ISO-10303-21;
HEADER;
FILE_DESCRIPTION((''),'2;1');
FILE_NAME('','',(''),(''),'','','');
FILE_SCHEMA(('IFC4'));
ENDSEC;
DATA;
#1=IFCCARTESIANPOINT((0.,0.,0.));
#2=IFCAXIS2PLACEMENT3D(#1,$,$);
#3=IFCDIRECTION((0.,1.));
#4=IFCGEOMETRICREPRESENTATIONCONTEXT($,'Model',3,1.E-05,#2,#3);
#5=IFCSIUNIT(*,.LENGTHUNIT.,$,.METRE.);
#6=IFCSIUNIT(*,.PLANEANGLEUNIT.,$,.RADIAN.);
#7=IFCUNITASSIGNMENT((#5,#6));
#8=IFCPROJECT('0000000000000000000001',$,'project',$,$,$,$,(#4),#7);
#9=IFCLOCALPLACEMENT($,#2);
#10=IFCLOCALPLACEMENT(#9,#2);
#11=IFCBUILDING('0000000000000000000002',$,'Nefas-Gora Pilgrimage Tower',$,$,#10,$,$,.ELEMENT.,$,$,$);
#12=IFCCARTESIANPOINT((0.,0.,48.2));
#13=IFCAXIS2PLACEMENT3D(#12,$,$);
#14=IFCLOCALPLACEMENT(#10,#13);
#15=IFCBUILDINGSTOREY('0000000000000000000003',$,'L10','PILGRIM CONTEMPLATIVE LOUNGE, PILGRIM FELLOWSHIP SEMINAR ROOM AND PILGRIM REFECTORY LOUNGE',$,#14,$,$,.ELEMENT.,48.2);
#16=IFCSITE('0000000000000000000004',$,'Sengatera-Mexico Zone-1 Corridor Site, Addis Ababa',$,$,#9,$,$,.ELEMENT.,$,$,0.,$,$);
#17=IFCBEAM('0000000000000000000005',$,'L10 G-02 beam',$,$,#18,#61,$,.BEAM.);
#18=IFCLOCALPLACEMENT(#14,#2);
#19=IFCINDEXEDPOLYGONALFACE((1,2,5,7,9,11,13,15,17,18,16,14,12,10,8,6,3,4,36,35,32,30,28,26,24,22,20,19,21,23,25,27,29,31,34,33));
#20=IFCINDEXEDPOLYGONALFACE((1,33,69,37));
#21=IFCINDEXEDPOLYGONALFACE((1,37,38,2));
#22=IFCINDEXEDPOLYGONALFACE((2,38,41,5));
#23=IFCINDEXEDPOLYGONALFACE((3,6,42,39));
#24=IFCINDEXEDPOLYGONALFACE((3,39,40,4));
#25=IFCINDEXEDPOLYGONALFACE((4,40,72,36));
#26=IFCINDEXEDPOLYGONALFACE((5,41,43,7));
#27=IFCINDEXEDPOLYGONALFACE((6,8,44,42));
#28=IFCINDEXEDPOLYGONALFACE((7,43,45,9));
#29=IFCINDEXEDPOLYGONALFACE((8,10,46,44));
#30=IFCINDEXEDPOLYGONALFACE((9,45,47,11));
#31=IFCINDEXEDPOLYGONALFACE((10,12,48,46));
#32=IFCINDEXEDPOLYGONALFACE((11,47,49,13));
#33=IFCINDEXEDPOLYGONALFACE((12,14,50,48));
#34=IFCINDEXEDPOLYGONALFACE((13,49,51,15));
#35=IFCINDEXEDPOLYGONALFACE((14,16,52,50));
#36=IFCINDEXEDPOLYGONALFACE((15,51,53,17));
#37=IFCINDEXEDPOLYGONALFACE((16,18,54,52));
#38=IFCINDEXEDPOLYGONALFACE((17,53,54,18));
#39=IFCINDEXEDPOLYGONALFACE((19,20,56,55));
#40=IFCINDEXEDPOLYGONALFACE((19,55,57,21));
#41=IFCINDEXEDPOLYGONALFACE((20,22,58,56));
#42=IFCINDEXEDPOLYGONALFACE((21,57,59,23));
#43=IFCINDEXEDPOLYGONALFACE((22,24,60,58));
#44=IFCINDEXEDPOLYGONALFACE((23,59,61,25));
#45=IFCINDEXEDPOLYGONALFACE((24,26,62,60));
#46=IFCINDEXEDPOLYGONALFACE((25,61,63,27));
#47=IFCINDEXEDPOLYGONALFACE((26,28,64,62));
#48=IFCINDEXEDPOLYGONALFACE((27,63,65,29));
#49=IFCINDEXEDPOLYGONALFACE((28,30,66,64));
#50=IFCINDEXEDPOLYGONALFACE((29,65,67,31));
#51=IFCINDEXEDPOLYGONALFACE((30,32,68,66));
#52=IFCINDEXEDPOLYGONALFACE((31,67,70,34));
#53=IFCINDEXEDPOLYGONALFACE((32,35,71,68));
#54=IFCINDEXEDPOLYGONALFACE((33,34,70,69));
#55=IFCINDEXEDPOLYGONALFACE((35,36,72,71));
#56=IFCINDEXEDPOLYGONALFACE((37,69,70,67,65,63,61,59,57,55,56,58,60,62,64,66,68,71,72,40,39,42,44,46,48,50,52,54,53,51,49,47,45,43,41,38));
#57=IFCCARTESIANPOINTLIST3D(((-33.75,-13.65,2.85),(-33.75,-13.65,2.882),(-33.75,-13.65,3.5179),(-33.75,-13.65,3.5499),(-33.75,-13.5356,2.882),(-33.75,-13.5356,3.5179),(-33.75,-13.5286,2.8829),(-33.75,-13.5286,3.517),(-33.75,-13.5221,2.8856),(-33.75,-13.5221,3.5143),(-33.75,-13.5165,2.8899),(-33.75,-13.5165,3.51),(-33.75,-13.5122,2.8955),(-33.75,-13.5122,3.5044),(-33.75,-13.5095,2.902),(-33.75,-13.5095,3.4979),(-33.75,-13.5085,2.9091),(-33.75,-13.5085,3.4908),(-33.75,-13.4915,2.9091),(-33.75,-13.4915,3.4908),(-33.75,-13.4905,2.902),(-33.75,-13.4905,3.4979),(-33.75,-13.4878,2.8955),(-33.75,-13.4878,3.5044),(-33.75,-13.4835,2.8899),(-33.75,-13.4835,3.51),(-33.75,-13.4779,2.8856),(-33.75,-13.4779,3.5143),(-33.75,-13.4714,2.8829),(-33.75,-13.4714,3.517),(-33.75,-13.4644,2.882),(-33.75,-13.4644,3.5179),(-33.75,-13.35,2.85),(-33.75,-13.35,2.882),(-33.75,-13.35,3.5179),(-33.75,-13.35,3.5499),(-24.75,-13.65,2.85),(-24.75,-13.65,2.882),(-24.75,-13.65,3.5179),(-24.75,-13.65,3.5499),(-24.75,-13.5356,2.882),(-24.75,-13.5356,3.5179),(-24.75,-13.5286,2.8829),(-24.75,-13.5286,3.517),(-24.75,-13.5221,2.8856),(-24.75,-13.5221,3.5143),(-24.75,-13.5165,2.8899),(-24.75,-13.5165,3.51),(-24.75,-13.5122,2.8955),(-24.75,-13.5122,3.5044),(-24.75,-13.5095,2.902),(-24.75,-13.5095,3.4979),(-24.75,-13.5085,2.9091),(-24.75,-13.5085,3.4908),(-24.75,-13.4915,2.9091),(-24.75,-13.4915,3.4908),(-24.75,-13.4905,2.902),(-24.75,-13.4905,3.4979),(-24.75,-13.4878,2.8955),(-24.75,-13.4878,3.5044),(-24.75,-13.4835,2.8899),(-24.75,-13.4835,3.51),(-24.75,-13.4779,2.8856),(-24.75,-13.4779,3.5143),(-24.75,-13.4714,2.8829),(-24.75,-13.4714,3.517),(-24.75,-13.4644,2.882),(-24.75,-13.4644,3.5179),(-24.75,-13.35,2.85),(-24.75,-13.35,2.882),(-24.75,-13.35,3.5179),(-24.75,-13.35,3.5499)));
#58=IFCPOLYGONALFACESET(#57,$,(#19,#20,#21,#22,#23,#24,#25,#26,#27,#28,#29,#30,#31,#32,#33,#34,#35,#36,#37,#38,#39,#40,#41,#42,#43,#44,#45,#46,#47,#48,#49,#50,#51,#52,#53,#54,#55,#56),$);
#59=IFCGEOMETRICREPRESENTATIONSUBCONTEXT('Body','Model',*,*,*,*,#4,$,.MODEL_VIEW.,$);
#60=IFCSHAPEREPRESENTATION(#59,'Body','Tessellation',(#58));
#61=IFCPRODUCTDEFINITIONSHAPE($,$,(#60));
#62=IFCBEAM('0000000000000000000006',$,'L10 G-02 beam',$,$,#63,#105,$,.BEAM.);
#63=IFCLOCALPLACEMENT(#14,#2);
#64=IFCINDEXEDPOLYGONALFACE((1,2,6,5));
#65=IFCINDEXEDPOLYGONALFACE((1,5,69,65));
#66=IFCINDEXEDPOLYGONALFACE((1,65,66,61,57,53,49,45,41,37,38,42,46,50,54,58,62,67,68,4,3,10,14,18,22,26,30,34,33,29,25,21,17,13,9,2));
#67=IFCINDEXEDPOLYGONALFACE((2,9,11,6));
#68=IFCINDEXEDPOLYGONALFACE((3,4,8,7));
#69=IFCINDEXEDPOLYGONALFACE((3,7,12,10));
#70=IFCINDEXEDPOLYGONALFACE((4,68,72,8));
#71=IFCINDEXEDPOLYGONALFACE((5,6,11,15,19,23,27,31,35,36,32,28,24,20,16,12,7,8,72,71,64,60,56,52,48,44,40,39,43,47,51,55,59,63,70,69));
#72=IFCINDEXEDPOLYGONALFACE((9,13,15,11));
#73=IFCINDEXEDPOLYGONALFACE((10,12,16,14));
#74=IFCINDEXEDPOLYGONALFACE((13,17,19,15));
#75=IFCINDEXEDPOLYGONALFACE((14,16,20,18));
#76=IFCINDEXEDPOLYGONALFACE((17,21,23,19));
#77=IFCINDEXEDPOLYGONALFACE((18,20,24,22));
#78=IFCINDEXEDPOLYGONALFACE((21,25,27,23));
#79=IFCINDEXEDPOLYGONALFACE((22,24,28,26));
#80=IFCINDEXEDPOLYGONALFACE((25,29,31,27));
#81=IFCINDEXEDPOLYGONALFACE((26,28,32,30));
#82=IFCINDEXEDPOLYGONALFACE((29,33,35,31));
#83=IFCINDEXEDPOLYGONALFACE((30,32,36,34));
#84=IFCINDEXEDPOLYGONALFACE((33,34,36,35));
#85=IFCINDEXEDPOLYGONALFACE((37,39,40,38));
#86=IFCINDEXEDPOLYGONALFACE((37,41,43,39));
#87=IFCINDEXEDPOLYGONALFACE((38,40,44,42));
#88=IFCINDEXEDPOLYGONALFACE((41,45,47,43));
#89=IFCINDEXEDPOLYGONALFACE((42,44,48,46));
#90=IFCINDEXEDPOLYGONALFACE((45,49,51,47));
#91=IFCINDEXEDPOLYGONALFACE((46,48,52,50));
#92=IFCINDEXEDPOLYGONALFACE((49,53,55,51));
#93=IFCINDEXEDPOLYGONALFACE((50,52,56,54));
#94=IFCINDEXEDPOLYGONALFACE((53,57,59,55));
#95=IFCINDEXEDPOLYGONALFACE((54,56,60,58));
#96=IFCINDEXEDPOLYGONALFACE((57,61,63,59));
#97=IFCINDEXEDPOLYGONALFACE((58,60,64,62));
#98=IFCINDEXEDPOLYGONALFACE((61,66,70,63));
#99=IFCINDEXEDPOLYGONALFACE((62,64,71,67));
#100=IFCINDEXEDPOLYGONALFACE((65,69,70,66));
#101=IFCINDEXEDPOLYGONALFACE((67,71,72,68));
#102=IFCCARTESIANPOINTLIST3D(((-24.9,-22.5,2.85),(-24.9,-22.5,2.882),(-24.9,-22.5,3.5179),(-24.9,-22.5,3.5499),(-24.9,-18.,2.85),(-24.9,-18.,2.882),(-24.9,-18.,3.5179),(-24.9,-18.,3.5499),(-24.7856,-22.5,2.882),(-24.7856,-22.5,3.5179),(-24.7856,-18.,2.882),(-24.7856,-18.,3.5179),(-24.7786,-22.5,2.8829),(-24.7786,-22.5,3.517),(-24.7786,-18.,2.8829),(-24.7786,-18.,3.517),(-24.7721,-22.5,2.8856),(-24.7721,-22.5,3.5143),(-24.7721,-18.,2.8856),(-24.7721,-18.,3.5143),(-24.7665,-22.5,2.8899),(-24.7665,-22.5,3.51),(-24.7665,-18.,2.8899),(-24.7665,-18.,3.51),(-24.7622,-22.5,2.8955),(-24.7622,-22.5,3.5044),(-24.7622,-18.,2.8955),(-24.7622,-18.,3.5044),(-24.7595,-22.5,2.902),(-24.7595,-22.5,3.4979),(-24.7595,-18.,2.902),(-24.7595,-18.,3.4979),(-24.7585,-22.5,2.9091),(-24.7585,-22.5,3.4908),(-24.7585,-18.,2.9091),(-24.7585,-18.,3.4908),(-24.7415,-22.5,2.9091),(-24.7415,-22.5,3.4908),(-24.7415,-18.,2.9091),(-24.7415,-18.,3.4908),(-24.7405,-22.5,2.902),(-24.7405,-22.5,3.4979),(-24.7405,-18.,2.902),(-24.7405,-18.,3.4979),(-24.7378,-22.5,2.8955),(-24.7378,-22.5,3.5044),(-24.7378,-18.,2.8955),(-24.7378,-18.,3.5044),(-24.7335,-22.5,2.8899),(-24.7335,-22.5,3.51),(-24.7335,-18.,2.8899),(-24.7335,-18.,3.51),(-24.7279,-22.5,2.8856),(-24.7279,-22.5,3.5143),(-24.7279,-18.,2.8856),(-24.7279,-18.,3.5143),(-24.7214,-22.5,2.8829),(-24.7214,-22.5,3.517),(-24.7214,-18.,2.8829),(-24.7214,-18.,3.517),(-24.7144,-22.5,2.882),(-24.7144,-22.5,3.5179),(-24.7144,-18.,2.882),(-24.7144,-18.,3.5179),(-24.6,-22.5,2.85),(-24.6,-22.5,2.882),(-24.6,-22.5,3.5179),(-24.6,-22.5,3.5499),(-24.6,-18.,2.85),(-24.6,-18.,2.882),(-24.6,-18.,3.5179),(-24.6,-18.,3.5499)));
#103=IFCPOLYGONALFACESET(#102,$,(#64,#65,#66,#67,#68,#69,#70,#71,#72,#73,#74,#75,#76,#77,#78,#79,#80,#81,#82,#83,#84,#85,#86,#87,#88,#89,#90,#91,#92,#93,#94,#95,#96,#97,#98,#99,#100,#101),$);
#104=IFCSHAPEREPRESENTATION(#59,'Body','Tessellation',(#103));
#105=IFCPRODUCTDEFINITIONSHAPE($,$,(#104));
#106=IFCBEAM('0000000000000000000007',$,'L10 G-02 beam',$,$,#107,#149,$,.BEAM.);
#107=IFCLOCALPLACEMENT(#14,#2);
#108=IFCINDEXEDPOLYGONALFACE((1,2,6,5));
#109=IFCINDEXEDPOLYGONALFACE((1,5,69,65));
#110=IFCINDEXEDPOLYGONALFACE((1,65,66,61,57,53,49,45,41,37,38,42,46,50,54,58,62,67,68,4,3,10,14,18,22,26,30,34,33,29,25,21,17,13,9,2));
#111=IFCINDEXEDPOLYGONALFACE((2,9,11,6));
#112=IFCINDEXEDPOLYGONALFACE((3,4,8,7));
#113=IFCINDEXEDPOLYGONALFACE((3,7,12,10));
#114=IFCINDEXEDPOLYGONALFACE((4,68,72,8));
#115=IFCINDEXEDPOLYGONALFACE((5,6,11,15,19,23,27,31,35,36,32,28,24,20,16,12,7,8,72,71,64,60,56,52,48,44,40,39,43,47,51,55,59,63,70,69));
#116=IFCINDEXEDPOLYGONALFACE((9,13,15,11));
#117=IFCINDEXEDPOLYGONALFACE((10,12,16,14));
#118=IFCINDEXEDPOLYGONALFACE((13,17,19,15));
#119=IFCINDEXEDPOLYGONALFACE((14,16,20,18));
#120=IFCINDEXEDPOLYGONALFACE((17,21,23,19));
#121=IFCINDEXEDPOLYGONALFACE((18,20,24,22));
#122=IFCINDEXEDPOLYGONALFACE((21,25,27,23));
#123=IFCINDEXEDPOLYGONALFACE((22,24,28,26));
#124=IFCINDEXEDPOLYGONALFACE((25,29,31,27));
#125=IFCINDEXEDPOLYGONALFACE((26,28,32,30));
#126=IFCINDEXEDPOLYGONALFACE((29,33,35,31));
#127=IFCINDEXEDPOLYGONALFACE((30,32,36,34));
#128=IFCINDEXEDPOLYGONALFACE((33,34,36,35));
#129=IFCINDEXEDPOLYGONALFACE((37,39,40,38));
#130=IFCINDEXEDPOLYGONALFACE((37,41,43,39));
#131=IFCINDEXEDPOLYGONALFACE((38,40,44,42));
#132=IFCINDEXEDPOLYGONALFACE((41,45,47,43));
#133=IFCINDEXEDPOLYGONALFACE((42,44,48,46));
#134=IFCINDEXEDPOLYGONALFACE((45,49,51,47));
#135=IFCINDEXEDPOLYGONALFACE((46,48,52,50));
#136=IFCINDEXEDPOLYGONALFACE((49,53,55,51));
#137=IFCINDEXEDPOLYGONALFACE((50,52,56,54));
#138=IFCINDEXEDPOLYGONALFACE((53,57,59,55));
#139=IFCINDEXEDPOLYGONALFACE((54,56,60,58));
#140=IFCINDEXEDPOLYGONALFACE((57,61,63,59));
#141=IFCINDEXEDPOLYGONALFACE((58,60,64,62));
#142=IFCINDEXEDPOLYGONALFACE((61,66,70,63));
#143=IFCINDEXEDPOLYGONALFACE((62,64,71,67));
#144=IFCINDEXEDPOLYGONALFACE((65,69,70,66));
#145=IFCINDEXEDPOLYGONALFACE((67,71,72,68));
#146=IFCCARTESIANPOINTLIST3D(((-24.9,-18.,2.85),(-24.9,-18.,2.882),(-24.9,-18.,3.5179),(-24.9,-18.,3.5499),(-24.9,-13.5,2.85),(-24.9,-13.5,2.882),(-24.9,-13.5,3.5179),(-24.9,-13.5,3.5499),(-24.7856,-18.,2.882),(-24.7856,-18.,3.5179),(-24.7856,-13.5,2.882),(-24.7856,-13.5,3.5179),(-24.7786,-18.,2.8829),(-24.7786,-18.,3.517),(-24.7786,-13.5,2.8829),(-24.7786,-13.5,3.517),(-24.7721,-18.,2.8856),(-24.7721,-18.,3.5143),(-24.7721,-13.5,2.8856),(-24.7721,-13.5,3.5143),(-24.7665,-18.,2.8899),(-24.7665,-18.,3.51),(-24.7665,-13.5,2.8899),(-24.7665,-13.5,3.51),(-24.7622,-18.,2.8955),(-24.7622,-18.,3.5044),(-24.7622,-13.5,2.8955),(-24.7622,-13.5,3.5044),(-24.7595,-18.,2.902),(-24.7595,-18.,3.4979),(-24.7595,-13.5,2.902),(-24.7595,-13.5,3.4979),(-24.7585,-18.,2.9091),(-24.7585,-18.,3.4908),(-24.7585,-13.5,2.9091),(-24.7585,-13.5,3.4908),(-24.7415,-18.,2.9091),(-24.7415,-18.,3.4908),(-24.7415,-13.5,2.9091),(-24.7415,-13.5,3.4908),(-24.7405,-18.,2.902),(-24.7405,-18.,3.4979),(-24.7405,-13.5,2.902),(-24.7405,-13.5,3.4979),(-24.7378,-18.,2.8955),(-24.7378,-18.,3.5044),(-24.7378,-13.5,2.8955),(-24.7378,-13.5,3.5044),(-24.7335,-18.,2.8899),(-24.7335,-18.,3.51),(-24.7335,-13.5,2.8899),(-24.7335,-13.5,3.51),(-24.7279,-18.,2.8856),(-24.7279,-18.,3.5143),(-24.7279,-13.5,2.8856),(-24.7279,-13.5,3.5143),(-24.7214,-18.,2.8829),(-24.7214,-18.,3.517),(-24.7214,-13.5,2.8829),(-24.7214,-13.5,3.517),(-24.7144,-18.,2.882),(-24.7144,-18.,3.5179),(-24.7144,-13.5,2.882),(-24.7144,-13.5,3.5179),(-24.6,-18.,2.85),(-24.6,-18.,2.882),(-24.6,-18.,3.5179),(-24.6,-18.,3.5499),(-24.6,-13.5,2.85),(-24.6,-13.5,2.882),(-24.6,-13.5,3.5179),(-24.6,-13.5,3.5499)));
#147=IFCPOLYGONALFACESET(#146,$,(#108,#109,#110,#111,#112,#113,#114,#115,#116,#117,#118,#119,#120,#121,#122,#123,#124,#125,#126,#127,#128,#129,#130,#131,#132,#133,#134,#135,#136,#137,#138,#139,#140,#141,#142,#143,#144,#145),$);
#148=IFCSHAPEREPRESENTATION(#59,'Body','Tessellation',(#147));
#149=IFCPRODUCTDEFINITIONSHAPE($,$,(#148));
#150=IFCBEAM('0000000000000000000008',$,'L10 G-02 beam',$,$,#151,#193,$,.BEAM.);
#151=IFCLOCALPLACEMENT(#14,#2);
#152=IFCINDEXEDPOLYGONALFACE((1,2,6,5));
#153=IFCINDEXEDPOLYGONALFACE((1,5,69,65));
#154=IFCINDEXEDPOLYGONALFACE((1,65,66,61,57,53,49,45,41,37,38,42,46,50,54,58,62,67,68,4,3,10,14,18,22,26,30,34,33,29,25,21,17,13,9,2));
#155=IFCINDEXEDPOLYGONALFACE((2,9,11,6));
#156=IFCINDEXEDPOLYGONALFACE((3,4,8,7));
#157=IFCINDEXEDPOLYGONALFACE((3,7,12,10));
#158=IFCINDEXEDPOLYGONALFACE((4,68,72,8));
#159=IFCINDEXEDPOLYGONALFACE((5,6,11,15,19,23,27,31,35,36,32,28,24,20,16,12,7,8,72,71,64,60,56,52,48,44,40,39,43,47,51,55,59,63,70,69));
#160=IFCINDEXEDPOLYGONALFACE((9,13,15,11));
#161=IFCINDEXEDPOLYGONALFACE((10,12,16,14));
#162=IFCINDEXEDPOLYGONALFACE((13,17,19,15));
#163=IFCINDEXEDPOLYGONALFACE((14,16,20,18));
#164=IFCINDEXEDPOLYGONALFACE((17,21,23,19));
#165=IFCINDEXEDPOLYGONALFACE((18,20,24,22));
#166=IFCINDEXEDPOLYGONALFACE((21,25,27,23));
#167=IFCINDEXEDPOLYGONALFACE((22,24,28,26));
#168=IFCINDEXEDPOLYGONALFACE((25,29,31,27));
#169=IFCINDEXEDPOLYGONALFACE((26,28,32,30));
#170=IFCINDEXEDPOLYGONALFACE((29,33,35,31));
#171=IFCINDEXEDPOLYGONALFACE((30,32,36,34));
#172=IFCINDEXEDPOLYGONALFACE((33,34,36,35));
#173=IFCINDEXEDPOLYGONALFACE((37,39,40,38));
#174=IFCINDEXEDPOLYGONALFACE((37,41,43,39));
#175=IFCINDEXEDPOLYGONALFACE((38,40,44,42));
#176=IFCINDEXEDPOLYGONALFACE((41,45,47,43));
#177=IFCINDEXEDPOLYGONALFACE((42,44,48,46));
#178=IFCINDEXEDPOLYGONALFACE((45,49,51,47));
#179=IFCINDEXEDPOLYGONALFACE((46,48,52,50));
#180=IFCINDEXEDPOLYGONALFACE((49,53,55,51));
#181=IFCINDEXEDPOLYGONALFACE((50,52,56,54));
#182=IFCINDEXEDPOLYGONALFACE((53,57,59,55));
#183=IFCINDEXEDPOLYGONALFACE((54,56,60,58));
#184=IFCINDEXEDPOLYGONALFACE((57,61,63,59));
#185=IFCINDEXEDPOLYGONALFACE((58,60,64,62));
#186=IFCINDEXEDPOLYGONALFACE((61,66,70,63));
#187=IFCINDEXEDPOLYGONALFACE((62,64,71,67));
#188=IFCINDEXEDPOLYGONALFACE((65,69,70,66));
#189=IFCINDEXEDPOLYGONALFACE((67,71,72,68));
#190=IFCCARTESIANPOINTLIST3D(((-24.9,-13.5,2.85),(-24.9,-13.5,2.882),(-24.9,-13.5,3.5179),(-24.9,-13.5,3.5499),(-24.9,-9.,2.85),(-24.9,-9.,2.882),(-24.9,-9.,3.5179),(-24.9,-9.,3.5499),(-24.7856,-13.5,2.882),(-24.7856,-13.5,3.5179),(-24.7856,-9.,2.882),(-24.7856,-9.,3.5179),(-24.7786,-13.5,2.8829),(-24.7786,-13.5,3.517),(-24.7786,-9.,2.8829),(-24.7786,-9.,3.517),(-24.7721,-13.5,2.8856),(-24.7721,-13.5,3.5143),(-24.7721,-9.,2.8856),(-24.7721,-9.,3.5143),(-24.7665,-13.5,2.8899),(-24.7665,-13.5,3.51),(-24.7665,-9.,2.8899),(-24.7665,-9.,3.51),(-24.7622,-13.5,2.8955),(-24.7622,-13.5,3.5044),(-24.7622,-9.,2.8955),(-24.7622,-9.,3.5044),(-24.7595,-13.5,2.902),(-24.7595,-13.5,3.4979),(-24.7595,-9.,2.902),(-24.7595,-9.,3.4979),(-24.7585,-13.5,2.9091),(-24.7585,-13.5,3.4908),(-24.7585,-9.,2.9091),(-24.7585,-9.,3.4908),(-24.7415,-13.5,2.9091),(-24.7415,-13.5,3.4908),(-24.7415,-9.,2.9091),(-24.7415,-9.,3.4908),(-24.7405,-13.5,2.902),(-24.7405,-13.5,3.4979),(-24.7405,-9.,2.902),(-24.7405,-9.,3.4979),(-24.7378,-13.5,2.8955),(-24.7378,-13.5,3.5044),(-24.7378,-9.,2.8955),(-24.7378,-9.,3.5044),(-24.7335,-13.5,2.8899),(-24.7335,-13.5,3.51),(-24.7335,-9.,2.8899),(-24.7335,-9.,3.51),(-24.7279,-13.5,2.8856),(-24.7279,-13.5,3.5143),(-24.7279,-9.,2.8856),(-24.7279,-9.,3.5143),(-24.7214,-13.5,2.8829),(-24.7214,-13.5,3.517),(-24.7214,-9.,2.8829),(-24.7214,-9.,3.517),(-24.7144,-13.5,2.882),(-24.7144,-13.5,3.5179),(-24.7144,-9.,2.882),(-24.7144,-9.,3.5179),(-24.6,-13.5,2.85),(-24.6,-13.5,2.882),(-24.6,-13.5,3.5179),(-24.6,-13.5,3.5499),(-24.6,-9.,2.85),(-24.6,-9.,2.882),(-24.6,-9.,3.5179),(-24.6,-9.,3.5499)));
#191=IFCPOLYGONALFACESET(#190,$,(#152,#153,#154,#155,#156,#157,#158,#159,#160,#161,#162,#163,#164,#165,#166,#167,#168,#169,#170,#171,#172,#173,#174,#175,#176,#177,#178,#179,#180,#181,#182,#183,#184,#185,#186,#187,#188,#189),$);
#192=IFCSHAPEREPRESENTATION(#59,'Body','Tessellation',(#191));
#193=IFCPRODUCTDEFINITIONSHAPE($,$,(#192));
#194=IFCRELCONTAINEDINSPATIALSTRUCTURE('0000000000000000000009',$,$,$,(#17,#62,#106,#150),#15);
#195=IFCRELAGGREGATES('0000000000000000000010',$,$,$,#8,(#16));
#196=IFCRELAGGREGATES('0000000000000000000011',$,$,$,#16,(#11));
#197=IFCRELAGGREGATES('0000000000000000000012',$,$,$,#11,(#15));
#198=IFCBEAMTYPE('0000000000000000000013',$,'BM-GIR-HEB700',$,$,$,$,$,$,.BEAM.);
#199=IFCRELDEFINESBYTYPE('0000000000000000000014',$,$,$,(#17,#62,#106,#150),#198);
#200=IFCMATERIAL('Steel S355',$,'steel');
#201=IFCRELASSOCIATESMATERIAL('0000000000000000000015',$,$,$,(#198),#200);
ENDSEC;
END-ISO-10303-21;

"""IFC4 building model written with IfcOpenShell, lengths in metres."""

from ifc_helpers import new_model, si_unit, direction, frame, origin, origin_2d, place, context, subcontext, project, spatial, i_section, extrude, source, transform, mapped, material, material_profile, profile_set, type_object, element, save


model = new_model("IFC4")

# Units and contexts
model_context = context("Model", 3, precision=1e-05, world=origin(), true_north=direction((0.0, 1.0)))
body_context = subcontext(model_context, "Body", "Model", "MODEL_VIEW")
ifc_project = project(units=[si_unit("LENGTHUNIT", "METRE"), si_unit("PLANEANGLEUNIT", "RADIAN")], contexts=[model_context])

# Site, building, storey
site_placement = place(None, origin())
site = spatial("IfcSite", under=ifc_project, at=site_placement, Name="Sengatera-Mexico Zone-1 Corridor Site, Addis Ababa", CompositionType="ELEMENT", RefElevation=0.0)
building_placement = place(site_placement, origin())
building = spatial("IfcBuilding", under=site, at=building_placement, Name="Nefas-Gora Pilgrimage Tower", CompositionType="ELEMENT")
storey_placement = place(building_placement, frame((0.0, 0.0, 48.2)))
storey = spatial("IfcBuildingStorey", under=building, at=storey_placement, Name="L10", Description="PILGRIM CONTEMPLATIVE LOUNGE, PILGRIM FELLOWSHIP SEMINAR ROOM AND PILGRIM REFECTORY LOUNGE", CompositionType="ELEMENT", Elevation=48.2)

# Beams
ifc_material_1 = material(Name="Steel S355", Category="steel")
ifc_material_profile_1 = material_profile(ifc_material_1, i_section(OverallWidth=0.3, OverallDepth=0.7, WebThickness=0.0171, FlangeThickness=0.032, FilletRadius=0.0271, at=origin_2d()), Name="HEB 700")
ifc_profile_set_1 = profile_set([ifc_material_profile_1], Name="Steel S355")
beam_type_1 = type_object("IfcBeamType", Name="BM-GIR-HEB700", PredefinedType="BEAM", material=ifc_profile_set_1)
shared_shape_1 = source(origin(), body_context, "Body", "SweptSolid", [
    extrude(i_section(OverallWidth=0.3, OverallDepth=0.7, WebThickness=0.0171, FlangeThickness=0.032, FilletRadius=0.0271, at=origin_2d()), origin(), (0.0, 0.0, 1.0), 9.0),
])
beam_placement = place(storey_placement, frame((-33.75, -13.5, 3.2), z_axis=(1.0, 0.0, 0.0), x_axis=(0.0, 1.0, 0.0)))
element("IfcBeam", 1, at=beam_placement, inside=storey, type_object=beam_type_1, Name="L10 G-02 beam", PredefinedType="BEAM", context=body_context, shape_type="MappedRepresentation", body=[
    mapped(shared_shape_1, transform((0.0, 0.0, 0.0), x_axis=(1.0, 0.0, 0.0), y_axis=(0.0, 1.0, 0.0), z_axis=(0.0, 0.0, 1.0), scale=1.0)),
])
shared_shape_2 = source(origin(), body_context, "Body", "SweptSolid", [
    extrude(i_section(OverallWidth=0.3, OverallDepth=0.7, WebThickness=0.0171, FlangeThickness=0.032, FilletRadius=0.0271, at=origin_2d()), origin(), (0.0, 0.0, 1.0), 4.5),
])
for number, where, z_axis, x_axis, name in (
    (2, (-24.75, -22.5, 3.2), (0.0, 1.0, 0.0), (-1.0, 0.0, 0.0), "L10 G-02 beam"),
    (3, (-24.75, -18.0, 3.2), (0.0, 1.0, 0.0), (-1.0, 0.0, 0.0), "L10 G-02 beam"),
    (4, (-24.75, -13.5, 3.2), (0.0, 1.0, 0.0), (-1.0, 0.0, 0.0), "L10 G-02 beam"),
):
    element("IfcBeam", number, at=place(storey_placement, frame(where, z_axis=z_axis, x_axis=x_axis)), inside=storey, type_object=beam_type_1, Name=name, PredefinedType="BEAM", context=body_context, shape_type="MappedRepresentation", body=[
        mapped(shared_shape_2, transform((0.0, 0.0, 0.0), x_axis=(1.0, 0.0, 0.0), y_axis=(0.0, 1.0, 0.0), z_axis=(0.0, 0.0, 1.0), scale=1.0)),
    ])

save(model, "model.ifc")
